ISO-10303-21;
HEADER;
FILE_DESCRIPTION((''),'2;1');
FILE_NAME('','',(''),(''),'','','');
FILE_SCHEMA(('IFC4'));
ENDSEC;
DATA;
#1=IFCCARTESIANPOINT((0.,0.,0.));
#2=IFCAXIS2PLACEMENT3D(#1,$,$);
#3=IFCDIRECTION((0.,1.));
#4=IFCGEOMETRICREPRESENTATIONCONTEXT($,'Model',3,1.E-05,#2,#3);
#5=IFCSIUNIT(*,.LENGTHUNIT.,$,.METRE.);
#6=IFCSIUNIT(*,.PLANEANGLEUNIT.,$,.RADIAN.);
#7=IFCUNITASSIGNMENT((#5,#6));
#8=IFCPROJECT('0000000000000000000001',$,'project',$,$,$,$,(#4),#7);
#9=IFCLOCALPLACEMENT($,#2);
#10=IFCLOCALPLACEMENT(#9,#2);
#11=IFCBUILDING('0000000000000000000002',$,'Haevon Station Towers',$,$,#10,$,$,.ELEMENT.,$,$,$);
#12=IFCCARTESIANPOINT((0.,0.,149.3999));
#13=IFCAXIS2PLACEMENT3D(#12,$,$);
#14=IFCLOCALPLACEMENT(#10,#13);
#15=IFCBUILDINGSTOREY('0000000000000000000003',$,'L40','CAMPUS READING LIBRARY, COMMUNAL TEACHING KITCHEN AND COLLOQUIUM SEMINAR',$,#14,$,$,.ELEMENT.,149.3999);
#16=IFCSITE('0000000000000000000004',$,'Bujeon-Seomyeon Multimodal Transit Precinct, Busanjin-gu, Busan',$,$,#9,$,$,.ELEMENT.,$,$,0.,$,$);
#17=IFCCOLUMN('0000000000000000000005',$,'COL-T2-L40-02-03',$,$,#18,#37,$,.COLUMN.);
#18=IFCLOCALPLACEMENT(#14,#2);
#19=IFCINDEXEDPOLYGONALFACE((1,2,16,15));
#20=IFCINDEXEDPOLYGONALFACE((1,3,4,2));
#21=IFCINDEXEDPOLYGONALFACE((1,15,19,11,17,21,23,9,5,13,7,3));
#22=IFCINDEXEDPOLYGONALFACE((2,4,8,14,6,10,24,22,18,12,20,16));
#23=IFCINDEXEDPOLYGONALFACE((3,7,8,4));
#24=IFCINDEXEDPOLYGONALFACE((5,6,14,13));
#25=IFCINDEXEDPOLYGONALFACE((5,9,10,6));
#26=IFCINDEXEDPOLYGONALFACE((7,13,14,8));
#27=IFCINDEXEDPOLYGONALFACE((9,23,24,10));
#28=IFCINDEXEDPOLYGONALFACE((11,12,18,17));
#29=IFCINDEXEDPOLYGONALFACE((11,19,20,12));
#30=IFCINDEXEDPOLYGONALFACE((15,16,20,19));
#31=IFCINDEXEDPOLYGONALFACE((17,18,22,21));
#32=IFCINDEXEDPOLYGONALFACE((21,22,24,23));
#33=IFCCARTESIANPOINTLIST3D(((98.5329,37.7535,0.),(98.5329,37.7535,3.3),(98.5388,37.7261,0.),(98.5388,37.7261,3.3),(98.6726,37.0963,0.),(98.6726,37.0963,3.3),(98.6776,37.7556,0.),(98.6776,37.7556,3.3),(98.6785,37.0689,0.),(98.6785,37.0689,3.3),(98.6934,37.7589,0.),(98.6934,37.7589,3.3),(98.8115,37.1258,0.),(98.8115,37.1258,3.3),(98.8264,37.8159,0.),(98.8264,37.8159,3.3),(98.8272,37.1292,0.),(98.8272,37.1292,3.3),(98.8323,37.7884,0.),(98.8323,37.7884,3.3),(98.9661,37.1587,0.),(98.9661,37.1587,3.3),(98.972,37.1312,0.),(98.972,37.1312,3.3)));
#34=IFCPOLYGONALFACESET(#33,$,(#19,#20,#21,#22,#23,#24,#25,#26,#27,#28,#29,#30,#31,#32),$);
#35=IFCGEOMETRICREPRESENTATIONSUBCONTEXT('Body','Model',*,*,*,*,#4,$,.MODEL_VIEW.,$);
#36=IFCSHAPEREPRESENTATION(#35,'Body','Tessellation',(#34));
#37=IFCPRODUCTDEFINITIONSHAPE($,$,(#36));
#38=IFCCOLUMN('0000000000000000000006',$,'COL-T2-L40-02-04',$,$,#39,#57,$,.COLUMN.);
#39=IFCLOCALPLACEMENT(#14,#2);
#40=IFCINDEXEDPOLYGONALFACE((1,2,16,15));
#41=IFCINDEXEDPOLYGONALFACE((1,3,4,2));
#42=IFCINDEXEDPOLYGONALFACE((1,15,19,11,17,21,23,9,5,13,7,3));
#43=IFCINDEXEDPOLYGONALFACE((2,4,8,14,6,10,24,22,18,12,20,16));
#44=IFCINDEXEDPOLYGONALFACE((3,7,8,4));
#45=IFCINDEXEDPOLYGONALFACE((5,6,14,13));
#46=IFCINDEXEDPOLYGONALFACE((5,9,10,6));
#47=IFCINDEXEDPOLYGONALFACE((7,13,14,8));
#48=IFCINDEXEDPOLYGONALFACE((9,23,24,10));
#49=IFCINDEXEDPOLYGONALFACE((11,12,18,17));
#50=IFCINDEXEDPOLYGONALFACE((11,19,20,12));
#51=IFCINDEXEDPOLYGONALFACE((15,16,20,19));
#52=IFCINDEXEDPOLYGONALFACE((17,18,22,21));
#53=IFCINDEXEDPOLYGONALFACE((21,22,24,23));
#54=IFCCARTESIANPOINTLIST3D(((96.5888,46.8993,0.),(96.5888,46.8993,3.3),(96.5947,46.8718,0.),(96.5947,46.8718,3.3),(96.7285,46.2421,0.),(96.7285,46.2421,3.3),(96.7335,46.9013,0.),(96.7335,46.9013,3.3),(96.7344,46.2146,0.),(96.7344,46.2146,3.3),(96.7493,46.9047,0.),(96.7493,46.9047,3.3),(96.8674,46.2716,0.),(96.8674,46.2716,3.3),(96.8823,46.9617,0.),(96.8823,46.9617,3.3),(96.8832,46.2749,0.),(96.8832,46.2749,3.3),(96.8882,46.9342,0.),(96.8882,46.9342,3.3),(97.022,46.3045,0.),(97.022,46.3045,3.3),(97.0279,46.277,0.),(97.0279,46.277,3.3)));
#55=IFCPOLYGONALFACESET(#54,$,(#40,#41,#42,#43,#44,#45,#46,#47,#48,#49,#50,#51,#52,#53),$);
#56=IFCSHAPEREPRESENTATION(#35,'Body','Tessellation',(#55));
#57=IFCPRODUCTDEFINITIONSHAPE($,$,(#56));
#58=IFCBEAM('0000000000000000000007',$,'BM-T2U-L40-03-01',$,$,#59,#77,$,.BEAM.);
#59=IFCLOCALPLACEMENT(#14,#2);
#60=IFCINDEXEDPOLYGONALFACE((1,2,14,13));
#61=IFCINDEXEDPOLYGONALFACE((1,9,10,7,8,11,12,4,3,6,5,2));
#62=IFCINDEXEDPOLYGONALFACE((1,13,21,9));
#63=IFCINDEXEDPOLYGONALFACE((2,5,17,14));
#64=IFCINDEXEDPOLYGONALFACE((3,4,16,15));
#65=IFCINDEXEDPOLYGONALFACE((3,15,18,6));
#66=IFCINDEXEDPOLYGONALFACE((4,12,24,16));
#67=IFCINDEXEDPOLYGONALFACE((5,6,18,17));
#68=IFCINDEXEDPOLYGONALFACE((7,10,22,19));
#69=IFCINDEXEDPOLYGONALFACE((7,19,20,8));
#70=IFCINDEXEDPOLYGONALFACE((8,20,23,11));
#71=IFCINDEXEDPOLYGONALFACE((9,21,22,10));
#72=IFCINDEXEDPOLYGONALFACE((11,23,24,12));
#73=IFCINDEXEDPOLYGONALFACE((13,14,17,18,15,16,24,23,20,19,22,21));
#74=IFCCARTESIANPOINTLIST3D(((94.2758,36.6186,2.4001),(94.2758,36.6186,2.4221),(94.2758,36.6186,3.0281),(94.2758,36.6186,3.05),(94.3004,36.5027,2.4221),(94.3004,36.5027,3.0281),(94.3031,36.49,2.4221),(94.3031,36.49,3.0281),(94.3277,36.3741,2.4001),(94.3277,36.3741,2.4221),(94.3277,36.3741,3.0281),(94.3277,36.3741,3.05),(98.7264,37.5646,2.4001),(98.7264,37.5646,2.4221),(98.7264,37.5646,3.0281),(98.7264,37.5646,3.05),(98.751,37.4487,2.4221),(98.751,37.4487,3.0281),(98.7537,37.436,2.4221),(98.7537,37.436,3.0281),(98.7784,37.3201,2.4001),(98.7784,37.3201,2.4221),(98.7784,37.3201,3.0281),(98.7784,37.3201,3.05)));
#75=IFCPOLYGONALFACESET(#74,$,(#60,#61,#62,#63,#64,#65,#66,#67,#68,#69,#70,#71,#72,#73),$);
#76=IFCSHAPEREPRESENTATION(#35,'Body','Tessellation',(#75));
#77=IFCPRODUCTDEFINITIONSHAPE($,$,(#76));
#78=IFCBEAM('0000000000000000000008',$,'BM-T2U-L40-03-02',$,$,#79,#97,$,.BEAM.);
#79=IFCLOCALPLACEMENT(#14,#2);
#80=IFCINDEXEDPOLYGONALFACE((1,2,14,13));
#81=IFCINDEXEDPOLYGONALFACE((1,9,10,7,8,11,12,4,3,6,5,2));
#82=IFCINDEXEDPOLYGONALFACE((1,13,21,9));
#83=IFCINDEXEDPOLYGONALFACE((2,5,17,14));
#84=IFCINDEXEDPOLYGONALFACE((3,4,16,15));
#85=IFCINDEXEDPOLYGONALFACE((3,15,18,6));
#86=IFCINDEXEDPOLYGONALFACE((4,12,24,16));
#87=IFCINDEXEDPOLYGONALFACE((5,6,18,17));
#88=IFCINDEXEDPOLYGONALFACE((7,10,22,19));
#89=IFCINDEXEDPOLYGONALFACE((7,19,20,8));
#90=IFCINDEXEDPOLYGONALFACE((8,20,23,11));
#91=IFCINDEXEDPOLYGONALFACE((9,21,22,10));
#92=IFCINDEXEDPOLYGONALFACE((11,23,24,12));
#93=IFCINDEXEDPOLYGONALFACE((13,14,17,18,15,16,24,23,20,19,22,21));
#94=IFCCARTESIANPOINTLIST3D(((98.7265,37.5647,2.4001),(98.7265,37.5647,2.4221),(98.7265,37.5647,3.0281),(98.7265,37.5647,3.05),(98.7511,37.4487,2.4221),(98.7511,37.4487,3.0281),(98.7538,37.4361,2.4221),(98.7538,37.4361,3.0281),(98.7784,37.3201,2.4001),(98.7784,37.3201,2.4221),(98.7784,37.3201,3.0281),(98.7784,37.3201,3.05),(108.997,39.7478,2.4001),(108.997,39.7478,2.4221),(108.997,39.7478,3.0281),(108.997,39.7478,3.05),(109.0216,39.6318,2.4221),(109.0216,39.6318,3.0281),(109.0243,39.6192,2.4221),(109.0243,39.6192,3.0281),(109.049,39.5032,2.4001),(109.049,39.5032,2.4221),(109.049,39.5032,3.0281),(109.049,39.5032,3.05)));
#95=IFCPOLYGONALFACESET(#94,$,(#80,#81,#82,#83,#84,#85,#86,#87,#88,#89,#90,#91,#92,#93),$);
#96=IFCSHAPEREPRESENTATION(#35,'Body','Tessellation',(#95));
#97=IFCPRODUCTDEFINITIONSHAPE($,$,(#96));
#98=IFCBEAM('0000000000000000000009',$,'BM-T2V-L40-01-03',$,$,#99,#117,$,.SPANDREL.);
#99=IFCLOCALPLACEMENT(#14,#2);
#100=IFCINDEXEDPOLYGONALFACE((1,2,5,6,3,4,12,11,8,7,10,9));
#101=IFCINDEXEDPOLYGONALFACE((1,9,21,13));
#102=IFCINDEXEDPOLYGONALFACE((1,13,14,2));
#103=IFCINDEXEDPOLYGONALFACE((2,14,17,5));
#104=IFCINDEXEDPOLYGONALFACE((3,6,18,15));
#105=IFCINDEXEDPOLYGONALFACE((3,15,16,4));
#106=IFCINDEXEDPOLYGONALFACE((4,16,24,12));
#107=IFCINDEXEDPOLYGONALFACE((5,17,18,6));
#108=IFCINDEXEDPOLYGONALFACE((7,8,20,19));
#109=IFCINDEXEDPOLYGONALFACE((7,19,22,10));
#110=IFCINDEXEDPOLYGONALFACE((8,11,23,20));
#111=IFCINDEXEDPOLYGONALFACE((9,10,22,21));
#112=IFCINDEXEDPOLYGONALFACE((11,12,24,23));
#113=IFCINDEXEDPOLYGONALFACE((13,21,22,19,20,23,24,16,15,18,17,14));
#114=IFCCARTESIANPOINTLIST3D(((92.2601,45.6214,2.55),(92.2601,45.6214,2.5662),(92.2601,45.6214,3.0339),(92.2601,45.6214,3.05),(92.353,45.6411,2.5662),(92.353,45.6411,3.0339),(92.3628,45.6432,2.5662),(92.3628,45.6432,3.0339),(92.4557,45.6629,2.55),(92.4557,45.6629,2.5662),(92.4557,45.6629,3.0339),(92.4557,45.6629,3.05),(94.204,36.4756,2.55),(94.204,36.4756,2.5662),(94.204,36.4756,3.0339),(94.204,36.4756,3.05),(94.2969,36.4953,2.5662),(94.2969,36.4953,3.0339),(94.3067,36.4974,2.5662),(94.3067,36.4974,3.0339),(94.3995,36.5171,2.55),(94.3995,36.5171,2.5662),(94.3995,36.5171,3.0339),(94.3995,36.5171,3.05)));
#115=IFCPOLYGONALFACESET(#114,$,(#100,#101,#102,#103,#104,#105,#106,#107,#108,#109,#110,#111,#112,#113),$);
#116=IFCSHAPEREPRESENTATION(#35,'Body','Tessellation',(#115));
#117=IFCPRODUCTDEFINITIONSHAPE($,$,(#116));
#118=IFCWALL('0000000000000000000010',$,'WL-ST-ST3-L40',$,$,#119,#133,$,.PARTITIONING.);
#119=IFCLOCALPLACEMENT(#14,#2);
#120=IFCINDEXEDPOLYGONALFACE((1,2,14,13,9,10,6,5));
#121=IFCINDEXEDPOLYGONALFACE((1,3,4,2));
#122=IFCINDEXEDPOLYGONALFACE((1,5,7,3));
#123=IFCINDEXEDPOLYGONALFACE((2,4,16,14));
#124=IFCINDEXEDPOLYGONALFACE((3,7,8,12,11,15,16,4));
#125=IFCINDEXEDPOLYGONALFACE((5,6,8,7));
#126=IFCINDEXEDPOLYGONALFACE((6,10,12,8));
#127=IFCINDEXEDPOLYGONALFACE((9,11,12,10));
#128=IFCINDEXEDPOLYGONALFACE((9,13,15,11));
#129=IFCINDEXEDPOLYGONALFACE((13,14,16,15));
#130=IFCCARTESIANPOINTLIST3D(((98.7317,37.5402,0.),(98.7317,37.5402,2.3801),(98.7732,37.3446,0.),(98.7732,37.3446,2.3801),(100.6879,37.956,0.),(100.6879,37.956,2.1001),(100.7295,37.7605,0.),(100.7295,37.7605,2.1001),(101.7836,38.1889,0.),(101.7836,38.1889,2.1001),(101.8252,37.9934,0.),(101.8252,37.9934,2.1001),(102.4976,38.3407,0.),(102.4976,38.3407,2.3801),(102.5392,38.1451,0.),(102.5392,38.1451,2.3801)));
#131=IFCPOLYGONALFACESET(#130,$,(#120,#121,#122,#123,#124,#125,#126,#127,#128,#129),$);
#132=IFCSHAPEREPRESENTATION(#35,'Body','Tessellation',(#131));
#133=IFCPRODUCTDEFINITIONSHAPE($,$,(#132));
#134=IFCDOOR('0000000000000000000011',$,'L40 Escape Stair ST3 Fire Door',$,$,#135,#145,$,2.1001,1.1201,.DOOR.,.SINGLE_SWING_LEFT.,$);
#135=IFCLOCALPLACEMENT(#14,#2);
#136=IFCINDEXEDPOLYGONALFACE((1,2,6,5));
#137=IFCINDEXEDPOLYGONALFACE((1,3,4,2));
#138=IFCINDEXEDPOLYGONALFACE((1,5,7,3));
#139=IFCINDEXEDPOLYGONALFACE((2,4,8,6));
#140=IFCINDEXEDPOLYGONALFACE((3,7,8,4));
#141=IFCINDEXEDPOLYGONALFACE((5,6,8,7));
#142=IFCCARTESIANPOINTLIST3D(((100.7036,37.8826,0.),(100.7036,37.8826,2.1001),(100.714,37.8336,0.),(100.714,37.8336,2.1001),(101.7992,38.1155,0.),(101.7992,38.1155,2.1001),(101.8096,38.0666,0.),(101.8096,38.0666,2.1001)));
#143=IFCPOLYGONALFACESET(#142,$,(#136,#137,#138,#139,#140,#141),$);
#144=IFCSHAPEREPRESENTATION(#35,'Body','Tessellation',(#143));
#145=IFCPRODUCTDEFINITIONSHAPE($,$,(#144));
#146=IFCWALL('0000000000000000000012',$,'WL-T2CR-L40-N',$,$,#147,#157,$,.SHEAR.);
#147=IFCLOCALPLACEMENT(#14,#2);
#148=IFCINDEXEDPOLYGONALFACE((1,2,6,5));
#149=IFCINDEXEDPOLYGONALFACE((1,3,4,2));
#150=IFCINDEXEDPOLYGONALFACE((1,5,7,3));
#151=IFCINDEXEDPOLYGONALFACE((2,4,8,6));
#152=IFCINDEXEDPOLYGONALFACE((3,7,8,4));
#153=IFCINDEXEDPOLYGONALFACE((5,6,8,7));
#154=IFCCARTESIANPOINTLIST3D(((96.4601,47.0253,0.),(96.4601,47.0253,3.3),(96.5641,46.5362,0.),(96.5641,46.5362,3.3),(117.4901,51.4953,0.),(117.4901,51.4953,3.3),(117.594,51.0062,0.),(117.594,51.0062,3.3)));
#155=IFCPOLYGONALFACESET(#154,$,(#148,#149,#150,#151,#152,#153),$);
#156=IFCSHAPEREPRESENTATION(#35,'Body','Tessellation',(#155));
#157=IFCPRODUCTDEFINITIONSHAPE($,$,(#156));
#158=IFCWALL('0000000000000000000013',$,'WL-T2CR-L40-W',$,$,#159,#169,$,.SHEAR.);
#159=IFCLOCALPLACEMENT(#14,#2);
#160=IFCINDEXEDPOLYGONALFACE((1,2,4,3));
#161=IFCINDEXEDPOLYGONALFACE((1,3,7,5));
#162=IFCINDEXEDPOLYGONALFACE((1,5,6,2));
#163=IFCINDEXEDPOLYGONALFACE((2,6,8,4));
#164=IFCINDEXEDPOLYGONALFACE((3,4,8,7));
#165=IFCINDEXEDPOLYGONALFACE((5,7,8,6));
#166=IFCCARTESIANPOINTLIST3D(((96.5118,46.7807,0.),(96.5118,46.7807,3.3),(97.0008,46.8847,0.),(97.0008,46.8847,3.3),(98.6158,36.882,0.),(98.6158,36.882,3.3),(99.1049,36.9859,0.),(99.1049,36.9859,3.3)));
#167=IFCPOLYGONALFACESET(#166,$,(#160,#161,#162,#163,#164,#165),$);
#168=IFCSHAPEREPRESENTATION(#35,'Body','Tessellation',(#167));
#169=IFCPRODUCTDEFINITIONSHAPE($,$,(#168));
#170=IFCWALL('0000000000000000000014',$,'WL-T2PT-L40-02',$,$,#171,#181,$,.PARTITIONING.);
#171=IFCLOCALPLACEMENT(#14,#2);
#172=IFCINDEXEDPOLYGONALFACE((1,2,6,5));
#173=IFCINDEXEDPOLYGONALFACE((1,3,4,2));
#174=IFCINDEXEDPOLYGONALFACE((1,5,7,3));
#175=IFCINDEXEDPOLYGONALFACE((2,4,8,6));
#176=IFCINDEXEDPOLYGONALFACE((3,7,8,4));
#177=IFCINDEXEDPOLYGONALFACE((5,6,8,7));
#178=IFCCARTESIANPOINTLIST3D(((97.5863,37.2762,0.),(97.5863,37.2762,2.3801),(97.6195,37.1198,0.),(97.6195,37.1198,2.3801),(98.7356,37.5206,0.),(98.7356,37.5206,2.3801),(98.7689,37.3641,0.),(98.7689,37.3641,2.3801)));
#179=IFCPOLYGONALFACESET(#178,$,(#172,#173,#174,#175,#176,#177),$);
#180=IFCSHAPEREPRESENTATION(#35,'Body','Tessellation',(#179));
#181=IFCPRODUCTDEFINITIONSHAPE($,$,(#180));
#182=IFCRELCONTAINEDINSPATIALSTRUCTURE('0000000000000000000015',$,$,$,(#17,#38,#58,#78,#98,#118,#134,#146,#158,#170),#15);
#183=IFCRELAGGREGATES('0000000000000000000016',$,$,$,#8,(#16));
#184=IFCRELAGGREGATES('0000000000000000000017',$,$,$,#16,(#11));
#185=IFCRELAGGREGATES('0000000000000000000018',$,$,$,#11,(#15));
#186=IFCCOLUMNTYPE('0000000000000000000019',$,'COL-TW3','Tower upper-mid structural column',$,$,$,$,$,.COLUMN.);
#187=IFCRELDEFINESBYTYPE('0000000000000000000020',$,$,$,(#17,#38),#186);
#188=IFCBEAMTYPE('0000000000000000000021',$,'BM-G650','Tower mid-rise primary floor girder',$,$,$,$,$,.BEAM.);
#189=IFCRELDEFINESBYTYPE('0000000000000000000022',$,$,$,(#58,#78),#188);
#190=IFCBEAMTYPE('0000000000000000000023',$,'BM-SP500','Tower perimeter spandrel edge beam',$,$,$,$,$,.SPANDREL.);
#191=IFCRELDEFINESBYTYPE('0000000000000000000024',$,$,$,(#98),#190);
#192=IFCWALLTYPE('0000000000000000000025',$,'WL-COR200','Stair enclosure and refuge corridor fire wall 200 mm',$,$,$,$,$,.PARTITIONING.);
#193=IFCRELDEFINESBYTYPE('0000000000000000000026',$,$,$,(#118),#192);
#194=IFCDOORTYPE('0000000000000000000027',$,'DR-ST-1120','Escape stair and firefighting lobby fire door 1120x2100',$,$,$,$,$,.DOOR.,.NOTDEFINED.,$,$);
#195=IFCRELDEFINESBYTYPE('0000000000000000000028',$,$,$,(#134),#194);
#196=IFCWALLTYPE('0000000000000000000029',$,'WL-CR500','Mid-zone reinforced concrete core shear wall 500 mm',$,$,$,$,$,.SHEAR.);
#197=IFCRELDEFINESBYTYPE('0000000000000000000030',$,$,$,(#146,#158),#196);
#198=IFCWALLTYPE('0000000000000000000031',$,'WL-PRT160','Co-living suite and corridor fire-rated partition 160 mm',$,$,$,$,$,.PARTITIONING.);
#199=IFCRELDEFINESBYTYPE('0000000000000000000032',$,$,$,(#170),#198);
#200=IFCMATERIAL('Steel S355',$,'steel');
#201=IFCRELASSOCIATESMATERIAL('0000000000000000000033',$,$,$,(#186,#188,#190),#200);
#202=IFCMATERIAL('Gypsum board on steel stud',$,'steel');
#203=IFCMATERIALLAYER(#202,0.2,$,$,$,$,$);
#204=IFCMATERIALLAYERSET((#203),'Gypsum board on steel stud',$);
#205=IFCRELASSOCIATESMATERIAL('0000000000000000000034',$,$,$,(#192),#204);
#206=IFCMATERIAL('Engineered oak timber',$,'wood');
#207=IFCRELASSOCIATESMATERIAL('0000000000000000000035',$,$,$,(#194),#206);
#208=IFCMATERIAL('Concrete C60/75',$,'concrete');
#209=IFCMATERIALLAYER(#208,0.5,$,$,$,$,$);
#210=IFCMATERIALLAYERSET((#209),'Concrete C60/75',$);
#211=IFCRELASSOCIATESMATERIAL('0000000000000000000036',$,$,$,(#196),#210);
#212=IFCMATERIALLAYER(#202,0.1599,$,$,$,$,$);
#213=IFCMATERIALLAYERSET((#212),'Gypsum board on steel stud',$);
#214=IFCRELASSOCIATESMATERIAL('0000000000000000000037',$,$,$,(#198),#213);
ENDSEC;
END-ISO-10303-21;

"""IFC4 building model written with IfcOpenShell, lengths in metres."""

from ifc_helpers import new_model, si_unit, direction, frame, frame_2d, origin, origin_2d, place, context, subcontext, project, spatial, rectangle, i_section, extrude, material, layer, layer_set, material_profile, profile_set, type_object, element, fill, save


model = new_model("IFC4")

# Units and contexts
model_context = context("Model", 3, precision=1e-05, world=origin(), true_north=direction((0.0, 1.0)))
body_context = subcontext(model_context, "Body", "Model", "MODEL_VIEW")
ifc_project = project(units=[si_unit("LENGTHUNIT", "METRE"), si_unit("PLANEANGLEUNIT", "RADIAN")], contexts=[model_context])

# Site, building, storey
site_placement = place(None, origin())
site = spatial("IfcSite", under=ifc_project, at=site_placement, Name="Bujeon-Seomyeon Multimodal Transit Precinct, Busanjin-gu, Busan", CompositionType="ELEMENT", RefElevation=0.0)
building_placement = place(site_placement, origin())
building = spatial("IfcBuilding", under=site, at=building_placement, Name="Haevon Station Towers", CompositionType="ELEMENT")
storey_placement = place(building_placement, frame((0.0, 0.0, 149.3999)))
storey = spatial("IfcBuildingStorey", under=building, at=storey_placement, Name="L40", Description="CAMPUS READING LIBRARY, COMMUNAL TEACHING KITCHEN AND COLLOQUIUM SEMINAR", CompositionType="ELEMENT", Elevation=149.3999)

# Columns
ifc_material_1 = material(Name="Steel S355", Category="steel")
ifc_material_profile_1 = material_profile(ifc_material_1, i_section(OverallWidth=0.3, OverallDepth=0.7, WebThickness=0.0161, FlangeThickness=0.0281, at=origin_2d()), Name="H-700x300x16x28")
ifc_profile_set_1 = profile_set([ifc_material_profile_1], Name="Steel S355")
column_type = type_object("IfcColumnType", Name="COL-TW3", Description="Tower upper-mid structural column", PredefinedType="COLUMN", material=ifc_profile_set_1)
for number, where, z_axis, x_axis, name in (
    (1, (98.7524, 37.4424, 0.0), (0.0, 0.0, 1.0), (0.978148, 0.207912, 0.0), "COL-T2-L40-02-03"),
    (2, (96.8083, 46.5881, 0.0), (0.0, 0.0, 1.0), (0.978148, 0.207912, 0.0), "COL-T2-L40-02-04"),
):
    element("IfcColumn", number, at=place(storey_placement, frame(where, z_axis=z_axis, x_axis=x_axis)), inside=storey, type_object=column_type, Name=name, PredefinedType="COLUMN", context=body_context, shape_type="SweptSolid", body=[
        extrude(i_section(OverallWidth=0.3, OverallDepth=0.7, WebThickness=0.0161, FlangeThickness=0.0281, at=origin_2d()), origin(), (0.0, 0.0, 1.0), 3.3),
    ])

# Beams
ifc_material_profile_2 = material_profile(ifc_material_1, i_section(OverallWidth=0.25, OverallDepth=0.6499, WebThickness=0.0129, FlangeThickness=0.022, at=origin_2d()), Name="H-650x250x13x22")
ifc_profile_set_2 = profile_set([ifc_material_profile_2], Name="Steel S355")
beam_type_1 = type_object("IfcBeamType", Name="BM-G650", Description="Tower mid-rise primary floor girder", PredefinedType="BEAM", material=ifc_profile_set_2)
beam_1_placement = place(storey_placement, frame((94.3018, 36.4963, 2.7251), z_axis=(0.978147, 0.207917, 0.0), x_axis=(-0.207917, 0.978147, 0.0)))
element("IfcBeam", 3, at=beam_1_placement, inside=storey, type_object=beam_type_1, Name="BM-T2U-L40-03-01", PredefinedType="BEAM", context=body_context, shape_type="SweptSolid", body=[
    extrude(i_section(OverallWidth=0.25, OverallDepth=0.6499, WebThickness=0.0129, FlangeThickness=0.022, at=origin_2d()), origin(), (0.0, 0.0, 1.0), 4.55),
])
beam_2_placement = place(storey_placement, frame((98.7524, 37.4424, 2.7251), z_axis=(0.978147, 0.207915, 0.0), x_axis=(-0.207915, 0.978147, 0.0)))
element("IfcBeam", 4, at=beam_2_placement, inside=storey, type_object=beam_type_1, Name="BM-T2U-L40-03-02", PredefinedType="BEAM", context=body_context, shape_type="SweptSolid", body=[
    extrude(i_section(OverallWidth=0.25, OverallDepth=0.6499, WebThickness=0.0129, FlangeThickness=0.022, at=origin_2d()), origin(), (0.0, 0.0, 1.0), 10.5),
])
ifc_material_profile_3 = material_profile(ifc_material_1, i_section(OverallWidth=0.2, OverallDepth=0.5, WebThickness=0.01, FlangeThickness=0.0161, at=origin_2d()), Name="H-500x200x10x16")
ifc_profile_set_3 = profile_set([ifc_material_profile_3], Name="Steel S355")
beam_type_2 = type_object("IfcBeamType", Name="BM-SP500", Description="Tower perimeter spandrel edge beam", PredefinedType="SPANDREL", material=ifc_profile_set_3)
beam_3_placement = place(storey_placement, frame((94.3018, 36.4963, 2.8), z_axis=(-0.207897, 0.978151, 0.0), x_axis=(-0.978151, -0.207897, 0.0)))
element("IfcBeam", 5, at=beam_3_placement, inside=storey, type_object=beam_type_2, Name="BM-T2V-L40-01-03", PredefinedType="SPANDREL", context=body_context, shape_type="SweptSolid", body=[
    extrude(i_section(OverallWidth=0.2, OverallDepth=0.5, WebThickness=0.01, FlangeThickness=0.0161, at=origin_2d()), origin(), (0.0, 0.0, 1.0), 9.3501),
])

# Wall, opening, door
ifc_material_2 = material(Name="Gypsum board on steel stud", Category="steel")
ifc_layer_1 = layer(ifc_material_2, 0.2)
ifc_layer_set_1 = layer_set([ifc_layer_1], Name="Gypsum board on steel stud")
wall_type_1 = type_object("IfcWallType", Name="WL-COR200", Description="Stair enclosure and refuge corridor fire wall 200 mm", PredefinedType="PARTITIONING", material=ifc_layer_set_1)
wall_1_placement = place(storey_placement, frame((98.7524, 37.4424, 0.0), z_axis=(0.0, 0.0, 1.0), x_axis=(0.978144, 0.207931, 0.0)))
wall_1 = element("IfcWall", 6, at=wall_1_placement, inside=storey, type_object=wall_type_1, Name="WL-ST-ST3-L40", PredefinedType="PARTITIONING", context=body_context, shape_type="SweptSolid", body=[
    extrude(rectangle(XDim=3.8501, YDim=0.2, at=frame_2d((1.925, 0.0))), origin(), (0.0, 0.0, 1.0), 2.3801),
])
opening_1_placement = place(wall_1_placement, frame((2.0, 0.0, 0.0)))
opening_1 = element("IfcOpeningElement", 7, at=opening_1_placement, cuts=wall_1, PredefinedType="OPENING", context=body_context, shape_type="SweptSolid", body=[
    extrude(rectangle(XDim=1.1201, YDim=2.1001, at=frame_2d((0.5601, 1.05))), frame((0.0, 0.1099, 0.0), z_axis=(0.0, -1.0, 0.0), x_axis=(1.0, 0.0, 0.0)), (0.0, 0.0, 1.0), 0.22),
])
ifc_material_3 = material(Name="Engineered oak timber", Category="wood")
door_type_1 = type_object("IfcDoorType", Name="DR-ST-1120", Description="Escape stair and firefighting lobby fire door 1120x2100", OperationType="NOTDEFINED", PredefinedType="DOOR", material=ifc_material_3)
door_1_placement = place(opening_1_placement, origin())
door_1 = element("IfcDoor", 8, at=door_1_placement, inside=storey, type_object=door_type_1, Name="L40 Escape Stair ST3 Fire Door", OperationType="SINGLE_SWING_LEFT", OverallHeight=2.1001, OverallWidth=1.1201, PredefinedType="DOOR", context=body_context, shape_type="SweptSolid", body=[
    extrude(rectangle(XDim=1.1201, YDim=2.1001, at=frame_2d((0.5601, 1.05))), frame((0.0, 0.0249, 0.0), z_axis=(0.0, -1.0, 0.0), x_axis=(1.0, 0.0, 0.0)), (0.0, 0.0, 1.0), 0.05),
])
fill(opening_1, door_1)

# Walls
ifc_material_4 = material(Name="Concrete C60/75", Category="concrete")
ifc_layer_2 = layer(ifc_material_4, 0.5)
ifc_layer_set_2 = layer_set([ifc_layer_2], Name="Concrete C60/75")
wall_type_2 = type_object("IfcWallType", Name="WL-CR500", Description="Mid-zone reinforced concrete core shear wall 500 mm", PredefinedType="SHEAR", material=ifc_layer_set_2)
wall_2_placement = place(storey_placement, frame((96.512, 46.7808, 0.0), z_axis=(0.0, 0.0, 1.0), x_axis=(0.978149, 0.207907, 0.0)))
element("IfcWall", 9, at=wall_2_placement, inside=storey, type_object=wall_type_2, Name="WL-T2CR-L40-N", PredefinedType="SHEAR", context=body_context, shape_type="SweptSolid", body=[
    extrude(rectangle(XDim=21.4998, YDim=0.5, at=frame_2d((10.75, 0.0))), origin(), (0.0, 0.0, 1.0), 3.3),
])
wall_3_placement = place(storey_placement, frame((98.8604, 36.9338, 0.0), z_axis=(0.0, 0.0, 1.0), x_axis=(-0.207909, 0.978148, 0.0)))
element("IfcWall", 10, at=wall_3_placement, inside=storey, type_object=wall_type_2, Name="WL-T2CR-L40-W", PredefinedType="SHEAR", context=body_context, shape_type="SweptSolid", body=[
    extrude(rectangle(XDim=10.1199, YDim=0.5, at=frame_2d((5.0601, 0.0))), origin(), (0.0, 0.0, 1.0), 3.3),
])
ifc_layer_3 = layer(ifc_material_2, 0.1599)
ifc_layer_set_3 = layer_set([ifc_layer_3], Name="Gypsum board on steel stud")
wall_type_3 = type_object("IfcWallType", Name="WL-PRT160", Description="Co-living suite and corridor fire-rated partition 160 mm", PredefinedType="PARTITIONING", material=ifc_layer_set_3)
wall_4_placement = place(storey_placement, frame((97.603, 37.198, 0.0), z_axis=(0.0, 0.0, 1.0), x_axis=(0.978136, 0.207968, 0.0)))
element("IfcWall", 11, at=wall_4_placement, inside=storey, type_object=wall_type_3, Name="WL-T2PT-L40-02", PredefinedType="PARTITIONING", context=body_context, shape_type="SweptSolid", body=[
    extrude(rectangle(XDim=1.175, YDim=0.1599, at=frame_2d((0.5874, 0.0))), origin(), (0.0, 0.0, 1.0), 2.3801),
])

save(model, "model.ifc")
